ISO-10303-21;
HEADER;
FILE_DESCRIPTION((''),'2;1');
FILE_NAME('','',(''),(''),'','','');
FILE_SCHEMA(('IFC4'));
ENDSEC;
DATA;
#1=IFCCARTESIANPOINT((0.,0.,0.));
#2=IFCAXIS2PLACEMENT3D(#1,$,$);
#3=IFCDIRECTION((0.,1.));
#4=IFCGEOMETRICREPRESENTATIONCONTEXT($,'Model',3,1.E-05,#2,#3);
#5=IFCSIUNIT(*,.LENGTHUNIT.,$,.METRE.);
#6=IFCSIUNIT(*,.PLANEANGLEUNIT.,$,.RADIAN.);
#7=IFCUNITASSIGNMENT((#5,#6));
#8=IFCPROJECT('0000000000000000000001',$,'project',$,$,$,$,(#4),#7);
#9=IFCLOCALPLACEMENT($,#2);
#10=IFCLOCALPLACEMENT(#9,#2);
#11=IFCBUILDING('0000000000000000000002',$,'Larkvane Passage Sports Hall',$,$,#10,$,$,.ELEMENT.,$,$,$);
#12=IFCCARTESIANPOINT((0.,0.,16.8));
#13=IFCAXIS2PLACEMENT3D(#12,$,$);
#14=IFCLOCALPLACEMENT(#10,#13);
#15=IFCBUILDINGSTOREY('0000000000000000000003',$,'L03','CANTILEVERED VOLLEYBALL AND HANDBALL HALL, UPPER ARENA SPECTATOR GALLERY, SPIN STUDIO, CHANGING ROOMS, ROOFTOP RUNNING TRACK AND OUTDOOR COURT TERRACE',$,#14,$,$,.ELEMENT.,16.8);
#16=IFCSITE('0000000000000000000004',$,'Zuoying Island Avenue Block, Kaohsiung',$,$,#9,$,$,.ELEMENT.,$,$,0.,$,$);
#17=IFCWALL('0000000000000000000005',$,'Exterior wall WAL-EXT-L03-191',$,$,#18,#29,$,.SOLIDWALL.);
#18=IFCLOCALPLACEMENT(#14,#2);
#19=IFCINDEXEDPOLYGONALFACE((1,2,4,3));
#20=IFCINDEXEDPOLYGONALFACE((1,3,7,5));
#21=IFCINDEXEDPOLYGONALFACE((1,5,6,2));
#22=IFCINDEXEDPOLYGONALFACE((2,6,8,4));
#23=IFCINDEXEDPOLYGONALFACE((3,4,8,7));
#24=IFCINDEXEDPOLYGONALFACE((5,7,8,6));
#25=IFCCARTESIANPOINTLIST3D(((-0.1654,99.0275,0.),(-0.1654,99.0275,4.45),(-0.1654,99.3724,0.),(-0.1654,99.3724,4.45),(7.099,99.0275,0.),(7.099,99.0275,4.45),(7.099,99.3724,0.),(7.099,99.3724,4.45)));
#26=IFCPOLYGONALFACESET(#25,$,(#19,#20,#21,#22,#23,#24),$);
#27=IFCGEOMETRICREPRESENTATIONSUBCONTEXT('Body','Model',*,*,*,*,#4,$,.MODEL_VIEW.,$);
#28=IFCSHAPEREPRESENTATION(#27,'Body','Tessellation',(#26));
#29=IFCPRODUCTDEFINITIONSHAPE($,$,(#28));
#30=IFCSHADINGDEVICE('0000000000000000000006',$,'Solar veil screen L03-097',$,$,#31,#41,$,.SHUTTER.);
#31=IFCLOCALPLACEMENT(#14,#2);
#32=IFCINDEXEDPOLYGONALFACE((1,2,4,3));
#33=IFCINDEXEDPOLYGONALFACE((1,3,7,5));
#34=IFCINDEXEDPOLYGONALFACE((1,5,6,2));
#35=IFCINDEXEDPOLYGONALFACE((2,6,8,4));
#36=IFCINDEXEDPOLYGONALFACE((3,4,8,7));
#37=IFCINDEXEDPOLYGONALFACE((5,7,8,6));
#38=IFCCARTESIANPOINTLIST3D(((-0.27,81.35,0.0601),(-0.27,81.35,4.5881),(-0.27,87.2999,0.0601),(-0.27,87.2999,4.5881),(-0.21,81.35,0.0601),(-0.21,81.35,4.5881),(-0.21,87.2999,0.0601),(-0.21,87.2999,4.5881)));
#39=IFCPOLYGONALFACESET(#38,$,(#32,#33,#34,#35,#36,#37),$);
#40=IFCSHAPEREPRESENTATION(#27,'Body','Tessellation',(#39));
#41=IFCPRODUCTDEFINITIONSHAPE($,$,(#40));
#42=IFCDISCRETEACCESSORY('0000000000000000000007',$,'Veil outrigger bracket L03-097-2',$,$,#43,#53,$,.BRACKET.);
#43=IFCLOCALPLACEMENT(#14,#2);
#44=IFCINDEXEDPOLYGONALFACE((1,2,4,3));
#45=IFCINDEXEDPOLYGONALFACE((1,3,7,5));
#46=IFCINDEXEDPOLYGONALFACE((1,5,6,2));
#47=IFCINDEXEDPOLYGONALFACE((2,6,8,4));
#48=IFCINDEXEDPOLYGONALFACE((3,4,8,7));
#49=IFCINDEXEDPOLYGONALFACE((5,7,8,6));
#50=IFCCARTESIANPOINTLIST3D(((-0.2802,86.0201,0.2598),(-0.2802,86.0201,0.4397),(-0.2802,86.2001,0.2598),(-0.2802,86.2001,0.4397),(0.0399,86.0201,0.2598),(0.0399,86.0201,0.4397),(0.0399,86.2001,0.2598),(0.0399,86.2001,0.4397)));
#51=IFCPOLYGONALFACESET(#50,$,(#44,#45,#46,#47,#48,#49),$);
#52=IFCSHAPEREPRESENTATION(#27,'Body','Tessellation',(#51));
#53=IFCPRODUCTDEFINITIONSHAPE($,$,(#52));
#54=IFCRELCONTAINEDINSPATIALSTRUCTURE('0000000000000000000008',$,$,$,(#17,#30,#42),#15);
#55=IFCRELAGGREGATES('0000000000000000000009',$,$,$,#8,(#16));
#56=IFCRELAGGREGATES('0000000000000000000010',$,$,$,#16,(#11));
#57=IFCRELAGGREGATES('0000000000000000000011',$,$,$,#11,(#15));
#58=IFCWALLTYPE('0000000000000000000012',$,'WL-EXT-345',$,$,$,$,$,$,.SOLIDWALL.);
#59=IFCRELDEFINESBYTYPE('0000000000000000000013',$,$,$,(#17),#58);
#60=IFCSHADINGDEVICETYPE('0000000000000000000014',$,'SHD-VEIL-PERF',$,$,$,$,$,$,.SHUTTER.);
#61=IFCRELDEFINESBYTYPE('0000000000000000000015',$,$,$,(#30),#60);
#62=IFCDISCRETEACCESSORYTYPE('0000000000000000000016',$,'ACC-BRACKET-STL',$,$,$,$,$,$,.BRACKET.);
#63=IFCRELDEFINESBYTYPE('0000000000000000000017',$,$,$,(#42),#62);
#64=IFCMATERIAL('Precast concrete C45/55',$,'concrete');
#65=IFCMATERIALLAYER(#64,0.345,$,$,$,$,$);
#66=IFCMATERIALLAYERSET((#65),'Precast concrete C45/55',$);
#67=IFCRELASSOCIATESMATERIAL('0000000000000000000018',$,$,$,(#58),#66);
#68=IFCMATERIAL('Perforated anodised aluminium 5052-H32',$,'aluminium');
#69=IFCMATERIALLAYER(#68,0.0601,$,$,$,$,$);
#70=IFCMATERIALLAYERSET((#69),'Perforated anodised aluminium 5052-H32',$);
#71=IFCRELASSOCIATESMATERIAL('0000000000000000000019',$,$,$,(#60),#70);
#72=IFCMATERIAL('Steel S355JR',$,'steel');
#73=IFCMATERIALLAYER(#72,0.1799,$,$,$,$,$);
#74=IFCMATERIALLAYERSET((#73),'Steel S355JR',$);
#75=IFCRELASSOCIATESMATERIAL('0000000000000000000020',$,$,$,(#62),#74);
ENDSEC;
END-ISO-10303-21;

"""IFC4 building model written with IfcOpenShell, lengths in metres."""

from ifc_helpers import new_model, si_unit, direction, frame, frame_2d, origin, origin_2d, place, context, subcontext, project, spatial, rectangle, extrude, material, layer, layer_set, type_object, element, save


model = new_model("IFC4")

# Units and contexts
model_context = context("Model", 3, precision=1e-05, world=origin(), true_north=direction((0.0, 1.0)))
body_context = subcontext(model_context, "Body", "Model", "MODEL_VIEW")
ifc_project = project(units=[si_unit("LENGTHUNIT", "METRE"), si_unit("PLANEANGLEUNIT", "RADIAN")], contexts=[model_context])

# Site, building, storey
site_placement = place(None, origin())
site = spatial("IfcSite", under=ifc_project, at=site_placement, Name="Zuoying Island Avenue Block, Kaohsiung", CompositionType="ELEMENT", RefElevation=0.0)
building_placement = place(site_placement, origin())
building = spatial("IfcBuilding", under=site, at=building_placement, Name="Larkvane Passage Sports Hall", CompositionType="ELEMENT")
storey_placement = place(building_placement, frame((0.0, 0.0, 16.8)))
storey = spatial("IfcBuildingStorey", under=building, at=storey_placement, Name="L03", Description="CANTILEVERED VOLLEYBALL AND HANDBALL HALL, UPPER ARENA SPECTATOR GALLERY, SPIN STUDIO, CHANGING ROOMS, ROOFTOP RUNNING TRACK AND OUTDOOR COURT TERRACE", CompositionType="ELEMENT", Elevation=16.8)

# Wall
ifc_material_1 = material(Name="Precast concrete C45/55", Category="concrete")
ifc_layer_1 = layer(ifc_material_1, 0.345)
ifc_layer_set_1 = layer_set([ifc_layer_1], Name="Precast concrete C45/55")
wall_type = type_object("IfcWallType", Name="WL-EXT-345", PredefinedType="SOLIDWALL", material=ifc_layer_set_1)
wall_placement = place(storey_placement, frame((-0.1655, 99.2, 0.0), z_axis=(0.0, 0.0, 1.0), x_axis=(1.0, 0.0, 0.0)))
element("IfcWall", 1, at=wall_placement, inside=storey, type_object=wall_type, Name="Exterior wall WAL-EXT-L03-191", PredefinedType="SOLIDWALL", context=body_context, shape_type="SweptSolid", body=[
    extrude(rectangle(XDim=7.2644, YDim=0.345, at=frame_2d((3.6323, 0.0))), origin(), (0.0, 0.0, 1.0), 4.45),
])

# Shading device
ifc_material_2 = material(Name="Perforated anodised aluminium 5052-H32", Category="aluminium")
ifc_layer_2 = layer(ifc_material_2, 0.0601)
ifc_layer_set_2 = layer_set([ifc_layer_2], Name="Perforated anodised aluminium 5052-H32")
shading_device_type = type_object("IfcShadingDeviceType", Name="SHD-VEIL-PERF", PredefinedType="SHUTTER", material=ifc_layer_set_2)
shading_device_placement = place(storey_placement, frame((-0.24, 84.325, 0.0601), z_axis=(0.0, 0.0, 1.0), x_axis=(0.0, 1.0, 0.0)))
element("IfcShadingDevice", 2, at=shading_device_placement, inside=storey, type_object=shading_device_type, Name="Solar veil screen L03-097", PredefinedType="SHUTTER", context=body_context, shape_type="SweptSolid", body=[
    extrude(rectangle(XDim=5.95, YDim=0.0601, at=origin_2d()), origin(), (0.0, 0.0, 1.0), 4.5281),
])

# Discrete accessory
ifc_material_3 = material(Name="Steel S355JR", Category="steel")
ifc_layer_3 = layer(ifc_material_3, 0.1799)
ifc_layer_set_3 = layer_set([ifc_layer_3], Name="Steel S355JR")
discrete_accessory_type = type_object("IfcDiscreteAccessoryType", Name="ACC-BRACKET-STL", PredefinedType="BRACKET", material=ifc_layer_set_3)
discrete_accessory_placement = place(storey_placement, frame((-0.1201, 86.1101, 0.2598), z_axis=(0.0, 0.0, 1.0), x_axis=(0.0, 1.0, 0.0)))
element("IfcDiscreteAccessory", 3, at=discrete_accessory_placement, inside=storey, type_object=discrete_accessory_type, Name="Veil outrigger bracket L03-097-2", PredefinedType="BRACKET", context=body_context, shape_type="SweptSolid", body=[
    extrude(rectangle(XDim=0.1799, YDim=0.3201, at=origin_2d()), origin(), (0.0, 0.0, 1.0), 0.1799),
])

save(model, "model.ifc")
